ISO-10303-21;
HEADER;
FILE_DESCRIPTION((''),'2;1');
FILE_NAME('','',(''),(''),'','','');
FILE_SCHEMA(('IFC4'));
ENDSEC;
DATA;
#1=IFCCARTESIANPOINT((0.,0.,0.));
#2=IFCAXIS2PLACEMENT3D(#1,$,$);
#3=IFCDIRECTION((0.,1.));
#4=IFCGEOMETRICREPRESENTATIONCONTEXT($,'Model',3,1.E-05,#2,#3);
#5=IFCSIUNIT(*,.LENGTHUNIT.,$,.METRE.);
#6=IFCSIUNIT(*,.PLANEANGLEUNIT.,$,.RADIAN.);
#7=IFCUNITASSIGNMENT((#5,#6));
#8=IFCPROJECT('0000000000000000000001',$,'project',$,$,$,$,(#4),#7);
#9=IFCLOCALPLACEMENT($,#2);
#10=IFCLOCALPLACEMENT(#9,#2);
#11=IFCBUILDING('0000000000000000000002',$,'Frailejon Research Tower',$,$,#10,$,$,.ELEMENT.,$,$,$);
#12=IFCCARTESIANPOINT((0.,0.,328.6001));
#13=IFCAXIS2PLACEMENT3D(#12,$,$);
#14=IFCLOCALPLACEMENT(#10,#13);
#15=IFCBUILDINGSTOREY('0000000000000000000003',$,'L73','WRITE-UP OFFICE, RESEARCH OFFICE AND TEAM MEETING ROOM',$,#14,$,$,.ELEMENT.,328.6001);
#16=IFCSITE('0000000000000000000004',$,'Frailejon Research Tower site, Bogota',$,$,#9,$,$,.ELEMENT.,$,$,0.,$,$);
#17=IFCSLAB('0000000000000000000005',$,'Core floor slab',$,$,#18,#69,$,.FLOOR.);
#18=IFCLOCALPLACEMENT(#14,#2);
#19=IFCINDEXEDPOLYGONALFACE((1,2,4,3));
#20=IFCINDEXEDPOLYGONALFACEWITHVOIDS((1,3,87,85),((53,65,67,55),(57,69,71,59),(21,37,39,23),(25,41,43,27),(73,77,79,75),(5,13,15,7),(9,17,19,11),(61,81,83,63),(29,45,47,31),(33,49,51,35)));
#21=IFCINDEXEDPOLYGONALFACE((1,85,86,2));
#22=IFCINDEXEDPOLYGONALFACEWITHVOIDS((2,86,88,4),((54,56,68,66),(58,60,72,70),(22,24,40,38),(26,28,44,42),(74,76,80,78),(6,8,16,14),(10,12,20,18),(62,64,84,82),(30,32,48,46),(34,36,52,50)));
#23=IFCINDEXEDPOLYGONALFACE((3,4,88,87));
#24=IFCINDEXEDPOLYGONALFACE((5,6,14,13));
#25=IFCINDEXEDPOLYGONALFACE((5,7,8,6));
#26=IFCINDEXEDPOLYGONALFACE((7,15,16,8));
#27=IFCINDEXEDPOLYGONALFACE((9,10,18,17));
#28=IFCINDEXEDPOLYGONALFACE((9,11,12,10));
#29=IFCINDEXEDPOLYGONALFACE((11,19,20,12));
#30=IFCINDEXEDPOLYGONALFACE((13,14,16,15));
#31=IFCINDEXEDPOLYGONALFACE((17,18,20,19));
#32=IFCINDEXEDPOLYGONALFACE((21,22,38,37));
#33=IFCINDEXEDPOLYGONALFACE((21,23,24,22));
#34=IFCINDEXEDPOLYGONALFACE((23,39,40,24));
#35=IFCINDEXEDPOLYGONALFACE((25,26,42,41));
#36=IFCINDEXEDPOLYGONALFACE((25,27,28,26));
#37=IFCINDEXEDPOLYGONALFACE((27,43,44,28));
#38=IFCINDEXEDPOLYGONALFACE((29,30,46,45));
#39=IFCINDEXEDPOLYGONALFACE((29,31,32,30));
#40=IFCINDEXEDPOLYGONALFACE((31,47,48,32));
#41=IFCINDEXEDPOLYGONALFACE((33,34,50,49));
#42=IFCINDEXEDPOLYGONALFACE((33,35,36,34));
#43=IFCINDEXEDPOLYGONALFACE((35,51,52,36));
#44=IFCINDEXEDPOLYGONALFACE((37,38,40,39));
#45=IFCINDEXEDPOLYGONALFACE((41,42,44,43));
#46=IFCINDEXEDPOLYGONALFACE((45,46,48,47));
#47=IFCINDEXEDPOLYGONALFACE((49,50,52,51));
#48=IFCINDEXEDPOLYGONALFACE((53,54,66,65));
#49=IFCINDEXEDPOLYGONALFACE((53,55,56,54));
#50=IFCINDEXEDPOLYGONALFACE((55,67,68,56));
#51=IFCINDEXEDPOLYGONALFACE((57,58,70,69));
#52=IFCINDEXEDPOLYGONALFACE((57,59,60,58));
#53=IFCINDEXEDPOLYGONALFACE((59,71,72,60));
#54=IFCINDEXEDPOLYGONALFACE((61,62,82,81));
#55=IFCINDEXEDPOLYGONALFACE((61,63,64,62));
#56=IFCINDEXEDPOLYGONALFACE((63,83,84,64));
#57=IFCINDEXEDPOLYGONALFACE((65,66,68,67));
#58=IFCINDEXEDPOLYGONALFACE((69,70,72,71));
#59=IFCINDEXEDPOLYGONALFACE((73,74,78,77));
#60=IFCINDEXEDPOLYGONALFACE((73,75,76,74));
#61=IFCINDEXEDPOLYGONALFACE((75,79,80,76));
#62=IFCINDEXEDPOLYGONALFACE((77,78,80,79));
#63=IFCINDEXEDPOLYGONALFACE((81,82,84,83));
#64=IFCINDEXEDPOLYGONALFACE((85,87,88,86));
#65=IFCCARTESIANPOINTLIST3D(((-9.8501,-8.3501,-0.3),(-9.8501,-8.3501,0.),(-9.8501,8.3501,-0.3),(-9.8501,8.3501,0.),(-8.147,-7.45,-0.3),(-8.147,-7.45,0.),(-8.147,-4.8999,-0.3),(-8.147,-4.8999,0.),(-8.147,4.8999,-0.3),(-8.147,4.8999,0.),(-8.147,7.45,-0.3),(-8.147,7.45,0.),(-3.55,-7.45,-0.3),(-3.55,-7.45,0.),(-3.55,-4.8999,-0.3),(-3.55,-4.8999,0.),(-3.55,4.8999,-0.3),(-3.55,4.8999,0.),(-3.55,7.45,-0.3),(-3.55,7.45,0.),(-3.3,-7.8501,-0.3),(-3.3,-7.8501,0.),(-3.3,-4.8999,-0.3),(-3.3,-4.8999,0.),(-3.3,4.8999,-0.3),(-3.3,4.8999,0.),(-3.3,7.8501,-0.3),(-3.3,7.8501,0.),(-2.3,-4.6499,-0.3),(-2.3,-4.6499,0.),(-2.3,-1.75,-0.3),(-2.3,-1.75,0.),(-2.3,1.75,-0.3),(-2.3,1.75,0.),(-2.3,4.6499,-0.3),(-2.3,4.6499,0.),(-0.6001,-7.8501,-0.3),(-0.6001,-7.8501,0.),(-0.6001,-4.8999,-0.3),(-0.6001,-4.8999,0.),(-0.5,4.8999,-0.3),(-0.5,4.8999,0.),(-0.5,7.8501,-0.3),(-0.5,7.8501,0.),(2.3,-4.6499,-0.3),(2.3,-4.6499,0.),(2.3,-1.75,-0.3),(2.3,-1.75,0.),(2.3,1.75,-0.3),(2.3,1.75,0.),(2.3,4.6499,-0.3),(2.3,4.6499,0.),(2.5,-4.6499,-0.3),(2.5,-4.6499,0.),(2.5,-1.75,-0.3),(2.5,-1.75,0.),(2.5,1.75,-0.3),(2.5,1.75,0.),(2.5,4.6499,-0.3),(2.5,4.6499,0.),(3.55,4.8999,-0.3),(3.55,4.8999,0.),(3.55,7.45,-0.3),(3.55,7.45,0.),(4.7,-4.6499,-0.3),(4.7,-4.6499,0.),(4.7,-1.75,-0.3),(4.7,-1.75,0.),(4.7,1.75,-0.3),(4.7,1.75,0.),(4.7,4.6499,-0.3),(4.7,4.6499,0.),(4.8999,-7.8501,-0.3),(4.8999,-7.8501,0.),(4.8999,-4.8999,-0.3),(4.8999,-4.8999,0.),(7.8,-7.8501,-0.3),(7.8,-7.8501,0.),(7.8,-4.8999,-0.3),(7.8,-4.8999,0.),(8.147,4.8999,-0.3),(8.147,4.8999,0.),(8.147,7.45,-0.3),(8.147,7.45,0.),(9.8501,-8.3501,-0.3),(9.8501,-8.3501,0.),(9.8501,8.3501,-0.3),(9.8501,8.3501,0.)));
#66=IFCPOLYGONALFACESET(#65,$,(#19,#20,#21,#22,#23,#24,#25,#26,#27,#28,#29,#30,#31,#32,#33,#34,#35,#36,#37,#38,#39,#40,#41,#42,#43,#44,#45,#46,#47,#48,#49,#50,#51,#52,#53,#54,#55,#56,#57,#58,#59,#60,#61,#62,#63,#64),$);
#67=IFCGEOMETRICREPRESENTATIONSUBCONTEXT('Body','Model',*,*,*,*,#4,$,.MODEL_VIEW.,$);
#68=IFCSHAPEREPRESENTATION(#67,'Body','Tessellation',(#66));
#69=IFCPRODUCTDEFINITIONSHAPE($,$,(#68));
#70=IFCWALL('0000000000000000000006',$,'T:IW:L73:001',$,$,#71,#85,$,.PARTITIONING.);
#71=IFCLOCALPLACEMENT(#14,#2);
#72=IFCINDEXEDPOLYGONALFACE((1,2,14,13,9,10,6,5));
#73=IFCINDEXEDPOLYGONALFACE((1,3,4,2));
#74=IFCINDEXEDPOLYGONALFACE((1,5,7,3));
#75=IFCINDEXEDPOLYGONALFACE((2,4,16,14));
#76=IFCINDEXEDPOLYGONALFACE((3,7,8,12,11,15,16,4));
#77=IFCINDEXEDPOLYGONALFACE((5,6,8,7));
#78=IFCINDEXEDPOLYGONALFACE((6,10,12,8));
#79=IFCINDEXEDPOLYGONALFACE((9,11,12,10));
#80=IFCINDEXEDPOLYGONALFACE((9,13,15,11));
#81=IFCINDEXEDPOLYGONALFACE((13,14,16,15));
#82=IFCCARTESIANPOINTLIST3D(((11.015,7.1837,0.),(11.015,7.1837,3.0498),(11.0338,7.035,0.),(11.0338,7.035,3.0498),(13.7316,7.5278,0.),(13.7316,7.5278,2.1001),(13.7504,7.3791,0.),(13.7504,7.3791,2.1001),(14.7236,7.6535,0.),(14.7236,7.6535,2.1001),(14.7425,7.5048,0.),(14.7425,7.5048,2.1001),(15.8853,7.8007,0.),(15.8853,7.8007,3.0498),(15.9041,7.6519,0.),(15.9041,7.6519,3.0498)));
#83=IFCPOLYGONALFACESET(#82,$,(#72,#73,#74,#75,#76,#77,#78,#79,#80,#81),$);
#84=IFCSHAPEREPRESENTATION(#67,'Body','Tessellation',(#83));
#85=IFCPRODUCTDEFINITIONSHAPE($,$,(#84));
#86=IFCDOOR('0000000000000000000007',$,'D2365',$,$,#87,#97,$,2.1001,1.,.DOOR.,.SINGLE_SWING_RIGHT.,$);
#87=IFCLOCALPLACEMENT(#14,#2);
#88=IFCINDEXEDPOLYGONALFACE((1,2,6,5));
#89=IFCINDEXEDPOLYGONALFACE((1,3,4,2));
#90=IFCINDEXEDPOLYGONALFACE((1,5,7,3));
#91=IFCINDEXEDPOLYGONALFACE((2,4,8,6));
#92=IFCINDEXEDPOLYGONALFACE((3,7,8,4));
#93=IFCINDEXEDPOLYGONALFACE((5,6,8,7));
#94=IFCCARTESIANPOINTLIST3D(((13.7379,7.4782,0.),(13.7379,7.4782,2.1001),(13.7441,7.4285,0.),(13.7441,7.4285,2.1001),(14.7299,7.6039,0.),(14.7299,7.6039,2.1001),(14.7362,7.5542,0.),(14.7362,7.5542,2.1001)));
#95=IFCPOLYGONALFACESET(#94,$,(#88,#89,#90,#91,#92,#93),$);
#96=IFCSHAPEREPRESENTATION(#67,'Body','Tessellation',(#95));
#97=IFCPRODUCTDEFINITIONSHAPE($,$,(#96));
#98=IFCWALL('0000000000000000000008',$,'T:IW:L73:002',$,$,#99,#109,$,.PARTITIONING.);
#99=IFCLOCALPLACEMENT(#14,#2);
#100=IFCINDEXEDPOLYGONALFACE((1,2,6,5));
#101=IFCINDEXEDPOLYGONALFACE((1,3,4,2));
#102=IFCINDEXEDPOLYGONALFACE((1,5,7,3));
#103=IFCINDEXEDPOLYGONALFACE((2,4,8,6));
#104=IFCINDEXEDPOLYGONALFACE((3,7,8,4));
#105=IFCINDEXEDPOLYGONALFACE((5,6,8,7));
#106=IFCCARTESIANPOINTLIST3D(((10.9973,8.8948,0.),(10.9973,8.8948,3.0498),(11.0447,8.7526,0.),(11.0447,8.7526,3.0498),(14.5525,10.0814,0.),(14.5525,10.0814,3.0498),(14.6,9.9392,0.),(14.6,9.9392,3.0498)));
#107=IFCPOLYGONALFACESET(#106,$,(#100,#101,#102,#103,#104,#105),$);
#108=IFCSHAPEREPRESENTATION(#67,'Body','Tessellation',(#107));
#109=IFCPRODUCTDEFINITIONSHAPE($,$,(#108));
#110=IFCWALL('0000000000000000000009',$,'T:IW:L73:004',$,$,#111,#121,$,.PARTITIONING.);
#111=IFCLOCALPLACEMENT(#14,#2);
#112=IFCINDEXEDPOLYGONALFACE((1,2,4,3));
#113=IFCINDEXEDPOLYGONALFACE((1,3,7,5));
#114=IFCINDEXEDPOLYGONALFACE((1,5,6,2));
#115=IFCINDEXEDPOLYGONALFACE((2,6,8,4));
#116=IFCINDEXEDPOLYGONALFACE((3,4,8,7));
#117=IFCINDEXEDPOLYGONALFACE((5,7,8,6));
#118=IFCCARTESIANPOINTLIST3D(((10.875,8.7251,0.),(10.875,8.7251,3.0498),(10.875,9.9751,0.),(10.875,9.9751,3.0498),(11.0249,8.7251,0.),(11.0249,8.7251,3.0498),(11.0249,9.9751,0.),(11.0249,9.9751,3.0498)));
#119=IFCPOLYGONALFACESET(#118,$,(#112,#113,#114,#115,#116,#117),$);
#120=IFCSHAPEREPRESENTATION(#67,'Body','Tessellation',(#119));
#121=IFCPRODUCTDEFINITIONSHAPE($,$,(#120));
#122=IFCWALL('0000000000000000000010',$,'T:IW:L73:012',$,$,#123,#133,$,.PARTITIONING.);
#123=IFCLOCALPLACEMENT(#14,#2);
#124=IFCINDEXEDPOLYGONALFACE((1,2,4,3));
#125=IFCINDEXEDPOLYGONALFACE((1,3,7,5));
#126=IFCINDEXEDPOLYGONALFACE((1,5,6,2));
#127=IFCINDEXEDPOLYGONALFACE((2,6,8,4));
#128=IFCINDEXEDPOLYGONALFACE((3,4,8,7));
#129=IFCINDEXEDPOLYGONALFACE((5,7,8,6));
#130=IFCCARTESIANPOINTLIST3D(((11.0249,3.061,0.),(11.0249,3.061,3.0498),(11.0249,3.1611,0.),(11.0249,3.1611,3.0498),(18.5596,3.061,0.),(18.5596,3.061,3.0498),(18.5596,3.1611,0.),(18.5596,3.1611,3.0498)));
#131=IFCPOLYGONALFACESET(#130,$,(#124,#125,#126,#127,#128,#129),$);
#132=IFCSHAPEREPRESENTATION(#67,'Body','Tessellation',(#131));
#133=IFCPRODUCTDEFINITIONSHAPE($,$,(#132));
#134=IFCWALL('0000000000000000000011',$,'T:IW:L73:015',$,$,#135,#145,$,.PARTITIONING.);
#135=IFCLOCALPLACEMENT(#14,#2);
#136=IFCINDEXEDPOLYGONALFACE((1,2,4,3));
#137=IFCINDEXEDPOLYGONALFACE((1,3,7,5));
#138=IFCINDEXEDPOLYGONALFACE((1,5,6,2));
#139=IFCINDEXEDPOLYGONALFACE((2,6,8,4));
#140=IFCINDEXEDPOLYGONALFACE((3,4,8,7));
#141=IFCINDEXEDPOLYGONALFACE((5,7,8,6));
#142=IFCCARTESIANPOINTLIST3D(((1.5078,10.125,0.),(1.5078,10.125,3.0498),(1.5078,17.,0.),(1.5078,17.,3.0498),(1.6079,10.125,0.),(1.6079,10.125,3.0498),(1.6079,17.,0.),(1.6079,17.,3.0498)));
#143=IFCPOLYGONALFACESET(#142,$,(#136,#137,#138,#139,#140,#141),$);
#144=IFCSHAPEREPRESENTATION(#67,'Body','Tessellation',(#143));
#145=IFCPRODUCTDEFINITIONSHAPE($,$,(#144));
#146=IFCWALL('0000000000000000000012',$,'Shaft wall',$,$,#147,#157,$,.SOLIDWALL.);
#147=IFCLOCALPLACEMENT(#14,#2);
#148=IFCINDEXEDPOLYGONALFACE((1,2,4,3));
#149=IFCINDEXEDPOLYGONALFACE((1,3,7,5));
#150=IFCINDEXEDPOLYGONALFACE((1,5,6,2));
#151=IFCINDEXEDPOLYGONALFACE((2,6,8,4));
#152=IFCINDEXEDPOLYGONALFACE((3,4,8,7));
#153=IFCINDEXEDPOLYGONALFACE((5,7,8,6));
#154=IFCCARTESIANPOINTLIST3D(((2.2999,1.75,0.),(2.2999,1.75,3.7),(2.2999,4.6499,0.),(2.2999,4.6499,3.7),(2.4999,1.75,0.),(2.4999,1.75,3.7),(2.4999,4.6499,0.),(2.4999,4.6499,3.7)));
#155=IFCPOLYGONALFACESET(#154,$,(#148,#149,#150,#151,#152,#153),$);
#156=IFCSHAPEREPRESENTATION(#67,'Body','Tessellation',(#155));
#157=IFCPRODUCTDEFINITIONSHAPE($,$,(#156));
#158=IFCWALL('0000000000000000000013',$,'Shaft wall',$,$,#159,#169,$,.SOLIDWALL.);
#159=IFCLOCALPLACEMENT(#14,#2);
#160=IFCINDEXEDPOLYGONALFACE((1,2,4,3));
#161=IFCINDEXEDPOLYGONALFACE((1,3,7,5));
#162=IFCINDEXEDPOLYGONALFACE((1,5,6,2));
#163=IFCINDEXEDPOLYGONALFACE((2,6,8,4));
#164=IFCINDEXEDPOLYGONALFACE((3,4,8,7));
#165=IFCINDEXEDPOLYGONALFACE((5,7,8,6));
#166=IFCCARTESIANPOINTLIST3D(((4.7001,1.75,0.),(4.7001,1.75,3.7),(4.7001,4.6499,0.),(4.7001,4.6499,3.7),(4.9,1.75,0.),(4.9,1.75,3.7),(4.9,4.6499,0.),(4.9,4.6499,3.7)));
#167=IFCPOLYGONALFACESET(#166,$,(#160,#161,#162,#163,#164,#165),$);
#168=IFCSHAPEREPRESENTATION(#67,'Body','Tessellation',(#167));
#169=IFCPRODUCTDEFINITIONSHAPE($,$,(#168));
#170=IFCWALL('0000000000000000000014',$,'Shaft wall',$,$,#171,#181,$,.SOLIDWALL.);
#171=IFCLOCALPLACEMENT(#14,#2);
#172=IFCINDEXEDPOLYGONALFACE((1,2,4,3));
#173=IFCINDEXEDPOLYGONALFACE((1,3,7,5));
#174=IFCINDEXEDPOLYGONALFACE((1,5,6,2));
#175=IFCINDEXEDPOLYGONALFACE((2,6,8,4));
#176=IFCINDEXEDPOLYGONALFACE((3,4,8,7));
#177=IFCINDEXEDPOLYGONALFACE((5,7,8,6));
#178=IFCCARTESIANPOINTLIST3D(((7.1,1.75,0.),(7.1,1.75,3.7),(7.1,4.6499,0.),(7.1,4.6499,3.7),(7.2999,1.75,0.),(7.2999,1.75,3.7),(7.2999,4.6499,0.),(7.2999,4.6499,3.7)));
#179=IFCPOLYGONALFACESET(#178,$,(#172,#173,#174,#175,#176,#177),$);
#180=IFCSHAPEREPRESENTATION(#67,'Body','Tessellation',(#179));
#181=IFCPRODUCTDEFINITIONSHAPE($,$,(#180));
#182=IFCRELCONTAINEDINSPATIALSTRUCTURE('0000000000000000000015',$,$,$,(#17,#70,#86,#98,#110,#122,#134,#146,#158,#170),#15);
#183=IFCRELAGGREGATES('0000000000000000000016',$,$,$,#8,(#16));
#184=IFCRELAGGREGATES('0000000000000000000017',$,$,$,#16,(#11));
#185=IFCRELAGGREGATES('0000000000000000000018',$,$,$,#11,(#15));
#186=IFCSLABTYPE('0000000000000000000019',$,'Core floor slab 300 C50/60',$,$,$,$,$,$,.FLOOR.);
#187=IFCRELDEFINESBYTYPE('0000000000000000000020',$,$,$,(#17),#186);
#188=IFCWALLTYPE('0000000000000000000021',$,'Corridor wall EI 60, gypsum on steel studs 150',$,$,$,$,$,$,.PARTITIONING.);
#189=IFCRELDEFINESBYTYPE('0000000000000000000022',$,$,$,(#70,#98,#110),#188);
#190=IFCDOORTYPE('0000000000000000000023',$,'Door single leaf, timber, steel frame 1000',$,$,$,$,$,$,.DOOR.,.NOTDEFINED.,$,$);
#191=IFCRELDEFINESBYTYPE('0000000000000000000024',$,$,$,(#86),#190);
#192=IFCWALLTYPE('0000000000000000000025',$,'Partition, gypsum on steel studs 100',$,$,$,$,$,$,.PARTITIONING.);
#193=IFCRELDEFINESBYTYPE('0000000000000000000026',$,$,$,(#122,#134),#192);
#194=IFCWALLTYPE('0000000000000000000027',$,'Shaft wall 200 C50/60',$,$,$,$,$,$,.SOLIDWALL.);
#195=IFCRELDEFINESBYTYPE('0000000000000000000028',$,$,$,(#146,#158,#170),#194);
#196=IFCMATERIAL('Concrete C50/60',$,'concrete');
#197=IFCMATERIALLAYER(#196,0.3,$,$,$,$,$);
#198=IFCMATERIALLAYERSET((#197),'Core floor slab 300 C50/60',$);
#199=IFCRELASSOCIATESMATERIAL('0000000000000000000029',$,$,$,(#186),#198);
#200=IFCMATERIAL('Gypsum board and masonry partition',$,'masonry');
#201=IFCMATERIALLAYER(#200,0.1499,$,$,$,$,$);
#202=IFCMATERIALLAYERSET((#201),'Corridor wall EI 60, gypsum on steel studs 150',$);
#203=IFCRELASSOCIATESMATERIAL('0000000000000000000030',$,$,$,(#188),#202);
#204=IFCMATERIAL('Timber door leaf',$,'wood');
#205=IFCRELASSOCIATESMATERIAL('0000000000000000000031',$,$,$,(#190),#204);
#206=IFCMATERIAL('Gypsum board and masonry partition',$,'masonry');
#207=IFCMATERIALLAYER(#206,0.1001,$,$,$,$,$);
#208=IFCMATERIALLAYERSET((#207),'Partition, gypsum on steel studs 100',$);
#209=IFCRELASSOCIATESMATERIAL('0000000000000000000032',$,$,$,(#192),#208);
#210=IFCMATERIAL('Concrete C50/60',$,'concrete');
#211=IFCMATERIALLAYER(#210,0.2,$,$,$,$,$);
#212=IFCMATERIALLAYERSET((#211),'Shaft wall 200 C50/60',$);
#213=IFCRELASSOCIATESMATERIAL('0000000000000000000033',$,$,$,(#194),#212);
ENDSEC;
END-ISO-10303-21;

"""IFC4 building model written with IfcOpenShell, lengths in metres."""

from ifc_helpers import new_model, si_unit, direction, frame, frame_2d, origin, place, context, subcontext, project, spatial, polyline, rectangle, outline, extrude, material, layer, layer_set, type_object, element, fill, save


model = new_model("IFC4")

# Units and contexts
model_context = context("Model", 3, precision=1e-05, world=origin(), true_north=direction((0.0, 1.0)))
body_context = subcontext(model_context, "Body", "Model", "MODEL_VIEW")
ifc_project = project(units=[si_unit("LENGTHUNIT", "METRE"), si_unit("PLANEANGLEUNIT", "RADIAN")], contexts=[model_context])

# Site, building, storey
site_placement = place(None, origin())
site = spatial("IfcSite", under=ifc_project, at=site_placement, Name="Frailejon Research Tower site, Bogota", CompositionType="ELEMENT", RefElevation=0.0)
building_placement = place(site_placement, origin())
building = spatial("IfcBuilding", under=site, at=building_placement, Name="Frailejon Research Tower", CompositionType="ELEMENT")
storey_placement = place(building_placement, frame((0.0, 0.0, 328.6001)))
storey = spatial("IfcBuildingStorey", under=building, at=storey_placement, Name="L73", Description="WRITE-UP OFFICE, RESEARCH OFFICE AND TEAM MEETING ROOM", CompositionType="ELEMENT", Elevation=328.6001)

# Slab
ifc_material_1 = material(Name="Concrete C50/60", Category="concrete")
ifc_layer_1 = layer(ifc_material_1, 0.3)
ifc_layer_set_1 = layer_set([ifc_layer_1], Name="Core floor slab 300 C50/60")
slab_type = type_object("IfcSlabType", Name="Core floor slab 300 C50/60", PredefinedType="FLOOR", material=ifc_layer_set_1)
slab_placement = place(storey_placement, frame((0.0, 0.0, -0.3)))
element("IfcSlab", 1, at=slab_placement, inside=storey, type_object=slab_type, Name="Core floor slab", PredefinedType="FLOOR", context=body_context, shape_type="SweptSolid", body=[
    extrude(outline(polyline([(9.8501, -8.3501), (9.8501, 8.3501), (-9.8501, 8.3501), (-9.8501, -8.3501), (9.8501, -8.3501)]), holes=[polyline([(2.3, 1.75), (2.3, 4.6499), (-2.3, 4.6499), (-2.3, 1.75), (2.3, 1.75)]), polyline([(4.7, 1.75), (4.7, 4.6499), (2.5, 4.6499), (2.5, 1.75), (4.7, 1.75)]), polyline([(2.3, -4.6499), (2.3, -1.75), (-2.3, -1.75), (-2.3, -4.6499), (2.3, -4.6499)]), polyline([(4.7, -4.6499), (4.7, -1.75), (2.5, -1.75), (2.5, -4.6499), (4.7, -4.6499)]), polyline([(-8.147, 4.8999), (-3.55, 4.8999), (-3.55, 7.45), (-8.147, 7.45), (-8.147, 4.8999)]), polyline([(-8.147, -7.45), (-3.55, -7.45), (-3.55, -4.8999), (-8.147, -4.8999), (-8.147, -7.45)]), polyline([(8.147, 7.45), (3.55, 7.45), (3.55, 4.8999), (8.147, 4.8999), (8.147, 7.45)]), polyline([(-0.6001, -7.8501), (-0.6001, -4.8999), (-3.3, -4.8999), (-3.3, -7.8501), (-0.6001, -7.8501)]), polyline([(7.8, -7.8501), (7.8, -4.8999), (4.8999, -4.8999), (4.8999, -7.8501), (7.8, -7.8501)]), polyline([(-0.5, 4.8999), (-0.5, 7.8501), (-3.3, 7.8501), (-3.3, 4.8999), (-0.5, 4.8999)])]), origin(), (0.0, 0.0, 1.0), 0.3),
])

# Wall, opening, door
ifc_material_2 = material(Name="Gypsum board and masonry partition", Category="masonry")
ifc_layer_2 = layer(ifc_material_2, 0.1499)
ifc_layer_set_2 = layer_set([ifc_layer_2], Name="Corridor wall EI 60, gypsum on steel studs 150")
wall_type_1 = type_object("IfcWallType", Name="Corridor wall EI 60, gypsum on steel studs 150", PredefinedType="PARTITIONING", material=ifc_layer_set_2)
wall_1_placement = place(storey_placement, frame((11.0244, 7.1094, 0.0), z_axis=(0.0, 0.0, 1.0), x_axis=(0.992072, 0.125669, 0.0)))
wall_1 = element("IfcWall", 2, at=wall_1_placement, inside=storey, type_object=wall_type_1, Name="T:IW:L73:001", PredefinedType="PARTITIONING", context=body_context, shape_type="SweptSolid", body=[
    extrude(rectangle(XDim=4.9092, YDim=0.1499, at=frame_2d((2.4546, 0.0))), origin(), (0.0, 0.0, 1.0), 3.0498),
])
opening_1_placement = place(wall_1_placement, frame((2.7383, 0.0, 0.0)))
opening_1 = element("IfcOpeningElement", 3, at=opening_1_placement, cuts=wall_1, PredefinedType="OPENING", context=body_context, shape_type="SweptSolid", body=[
    extrude(rectangle(XDim=1.0, YDim=2.1001, at=frame_2d((0.5, 1.05))), frame((0.0, 0.085, 0.0), z_axis=(0.0, -1.0, 0.0), x_axis=(1.0, 0.0, 0.0)), (0.0, 0.0, 1.0), 0.1699),
])
ifc_material_3 = material(Name="Timber door leaf", Category="wood")
door_type_1 = type_object("IfcDoorType", Name="Door single leaf, timber, steel frame 1000", OperationType="NOTDEFINED", PredefinedType="DOOR", material=ifc_material_3)
door_1_placement = place(opening_1_placement, origin())
door_1 = element("IfcDoor", 4, at=door_1_placement, inside=storey, type_object=door_type_1, Name="D2365", OperationType="SINGLE_SWING_RIGHT", OverallHeight=2.1001, OverallWidth=1.0, PredefinedType="DOOR", context=body_context, shape_type="SweptSolid", body=[
    extrude(rectangle(XDim=1.0, YDim=2.1001, at=frame_2d((0.5, 1.05))), frame((0.0, 0.0249, 0.0), z_axis=(0.0, -1.0, 0.0), x_axis=(1.0, 0.0, 0.0)), (0.0, 0.0, 1.0), 0.05),
])
fill(opening_1, door_1)

# Walls
wall_2_placement = place(storey_placement, frame((11.021, 8.8237, 0.0), z_axis=(0.0, 0.0, 1.0), x_axis=(0.948566, 0.316579, 0.0)))
element("IfcWall", 5, at=wall_2_placement, inside=storey, type_object=wall_type_1, Name="T:IW:L73:002", PredefinedType="PARTITIONING", context=body_context, shape_type="SweptSolid", body=[
    extrude(rectangle(XDim=3.748, YDim=0.1499, at=frame_2d((1.874, 0.0))), origin(), (0.0, 0.0, 1.0), 3.0498),
])
wall_3_placement = place(storey_placement, frame((10.95, 8.7251, 0.0), z_axis=(0.0, 0.0, 1.0), x_axis=(0.0, 1.0, 0.0)))
element("IfcWall", 6, at=wall_3_placement, inside=storey, type_object=wall_type_1, Name="T:IW:L73:004", PredefinedType="PARTITIONING", context=body_context, shape_type="SweptSolid", body=[
    extrude(rectangle(XDim=1.25, YDim=0.1499, at=frame_2d((0.625, 0.0))), origin(), (0.0, 0.0, 1.0), 3.0498),
])
ifc_material_4 = material(Name="Gypsum board and masonry partition", Category="masonry")
ifc_layer_3 = layer(ifc_material_4, 0.1001)
ifc_layer_set_3 = layer_set([ifc_layer_3], Name="Partition, gypsum on steel studs 100")
wall_type_2 = type_object("IfcWallType", Name="Partition, gypsum on steel studs 100", PredefinedType="PARTITIONING", material=ifc_layer_set_3)
wall_4_placement = place(storey_placement, frame((11.0249, 3.1111, 0.0), z_axis=(0.0, 0.0, 1.0), x_axis=(1.0, 0.0, 0.0)))
element("IfcWall", 7, at=wall_4_placement, inside=storey, type_object=wall_type_2, Name="T:IW:L73:012", PredefinedType="PARTITIONING", context=body_context, shape_type="SweptSolid", body=[
    extrude(rectangle(XDim=7.5347, YDim=0.1001, at=frame_2d((3.7673, 0.0))), origin(), (0.0, 0.0, 1.0), 3.0498),
])
wall_5_placement = place(storey_placement, frame((1.5579, 10.125, 0.0), z_axis=(0.0, 0.0, 1.0), x_axis=(0.0, 1.0, 0.0)))
element("IfcWall", 8, at=wall_5_placement, inside=storey, type_object=wall_type_2, Name="T:IW:L73:015", PredefinedType="PARTITIONING", context=body_context, shape_type="SweptSolid", body=[
    extrude(rectangle(XDim=6.875, YDim=0.1001, at=frame_2d((3.4375, 0.0))), origin(), (0.0, 0.0, 1.0), 3.0498),
])
ifc_material_5 = material(Name="Concrete C50/60", Category="concrete")
ifc_layer_4 = layer(ifc_material_5, 0.2)
ifc_layer_set_4 = layer_set([ifc_layer_4], Name="Shaft wall 200 C50/60")
wall_type_3 = type_object("IfcWallType", Name="Shaft wall 200 C50/60", PredefinedType="SOLIDWALL", material=ifc_layer_set_4)
for number, where, z_axis, x_axis, name in (
    (9, (2.3999, 1.75, 0.0), (0.0, 0.0, 1.0), (0.0, 1.0, 0.0), "Shaft wall"),
    (10, (4.8, 1.75, 0.0), (0.0, 0.0, 1.0), (0.0, 1.0, 0.0), "Shaft wall"),
    (11, (7.2, 1.75, 0.0), (0.0, 0.0, 1.0), (0.0, 1.0, 0.0), "Shaft wall"),
):
    element("IfcWall", number, at=place(storey_placement, frame(where, z_axis=z_axis, x_axis=x_axis)), inside=storey, type_object=wall_type_3, Name=name, PredefinedType="SOLIDWALL", context=body_context, shape_type="SweptSolid", body=[
        extrude(rectangle(XDim=2.8999, YDim=0.2, at=frame_2d((1.45, 0.0))), origin(), (0.0, 0.0, 1.0), 3.7),
    ])

save(model, "model.ifc")
